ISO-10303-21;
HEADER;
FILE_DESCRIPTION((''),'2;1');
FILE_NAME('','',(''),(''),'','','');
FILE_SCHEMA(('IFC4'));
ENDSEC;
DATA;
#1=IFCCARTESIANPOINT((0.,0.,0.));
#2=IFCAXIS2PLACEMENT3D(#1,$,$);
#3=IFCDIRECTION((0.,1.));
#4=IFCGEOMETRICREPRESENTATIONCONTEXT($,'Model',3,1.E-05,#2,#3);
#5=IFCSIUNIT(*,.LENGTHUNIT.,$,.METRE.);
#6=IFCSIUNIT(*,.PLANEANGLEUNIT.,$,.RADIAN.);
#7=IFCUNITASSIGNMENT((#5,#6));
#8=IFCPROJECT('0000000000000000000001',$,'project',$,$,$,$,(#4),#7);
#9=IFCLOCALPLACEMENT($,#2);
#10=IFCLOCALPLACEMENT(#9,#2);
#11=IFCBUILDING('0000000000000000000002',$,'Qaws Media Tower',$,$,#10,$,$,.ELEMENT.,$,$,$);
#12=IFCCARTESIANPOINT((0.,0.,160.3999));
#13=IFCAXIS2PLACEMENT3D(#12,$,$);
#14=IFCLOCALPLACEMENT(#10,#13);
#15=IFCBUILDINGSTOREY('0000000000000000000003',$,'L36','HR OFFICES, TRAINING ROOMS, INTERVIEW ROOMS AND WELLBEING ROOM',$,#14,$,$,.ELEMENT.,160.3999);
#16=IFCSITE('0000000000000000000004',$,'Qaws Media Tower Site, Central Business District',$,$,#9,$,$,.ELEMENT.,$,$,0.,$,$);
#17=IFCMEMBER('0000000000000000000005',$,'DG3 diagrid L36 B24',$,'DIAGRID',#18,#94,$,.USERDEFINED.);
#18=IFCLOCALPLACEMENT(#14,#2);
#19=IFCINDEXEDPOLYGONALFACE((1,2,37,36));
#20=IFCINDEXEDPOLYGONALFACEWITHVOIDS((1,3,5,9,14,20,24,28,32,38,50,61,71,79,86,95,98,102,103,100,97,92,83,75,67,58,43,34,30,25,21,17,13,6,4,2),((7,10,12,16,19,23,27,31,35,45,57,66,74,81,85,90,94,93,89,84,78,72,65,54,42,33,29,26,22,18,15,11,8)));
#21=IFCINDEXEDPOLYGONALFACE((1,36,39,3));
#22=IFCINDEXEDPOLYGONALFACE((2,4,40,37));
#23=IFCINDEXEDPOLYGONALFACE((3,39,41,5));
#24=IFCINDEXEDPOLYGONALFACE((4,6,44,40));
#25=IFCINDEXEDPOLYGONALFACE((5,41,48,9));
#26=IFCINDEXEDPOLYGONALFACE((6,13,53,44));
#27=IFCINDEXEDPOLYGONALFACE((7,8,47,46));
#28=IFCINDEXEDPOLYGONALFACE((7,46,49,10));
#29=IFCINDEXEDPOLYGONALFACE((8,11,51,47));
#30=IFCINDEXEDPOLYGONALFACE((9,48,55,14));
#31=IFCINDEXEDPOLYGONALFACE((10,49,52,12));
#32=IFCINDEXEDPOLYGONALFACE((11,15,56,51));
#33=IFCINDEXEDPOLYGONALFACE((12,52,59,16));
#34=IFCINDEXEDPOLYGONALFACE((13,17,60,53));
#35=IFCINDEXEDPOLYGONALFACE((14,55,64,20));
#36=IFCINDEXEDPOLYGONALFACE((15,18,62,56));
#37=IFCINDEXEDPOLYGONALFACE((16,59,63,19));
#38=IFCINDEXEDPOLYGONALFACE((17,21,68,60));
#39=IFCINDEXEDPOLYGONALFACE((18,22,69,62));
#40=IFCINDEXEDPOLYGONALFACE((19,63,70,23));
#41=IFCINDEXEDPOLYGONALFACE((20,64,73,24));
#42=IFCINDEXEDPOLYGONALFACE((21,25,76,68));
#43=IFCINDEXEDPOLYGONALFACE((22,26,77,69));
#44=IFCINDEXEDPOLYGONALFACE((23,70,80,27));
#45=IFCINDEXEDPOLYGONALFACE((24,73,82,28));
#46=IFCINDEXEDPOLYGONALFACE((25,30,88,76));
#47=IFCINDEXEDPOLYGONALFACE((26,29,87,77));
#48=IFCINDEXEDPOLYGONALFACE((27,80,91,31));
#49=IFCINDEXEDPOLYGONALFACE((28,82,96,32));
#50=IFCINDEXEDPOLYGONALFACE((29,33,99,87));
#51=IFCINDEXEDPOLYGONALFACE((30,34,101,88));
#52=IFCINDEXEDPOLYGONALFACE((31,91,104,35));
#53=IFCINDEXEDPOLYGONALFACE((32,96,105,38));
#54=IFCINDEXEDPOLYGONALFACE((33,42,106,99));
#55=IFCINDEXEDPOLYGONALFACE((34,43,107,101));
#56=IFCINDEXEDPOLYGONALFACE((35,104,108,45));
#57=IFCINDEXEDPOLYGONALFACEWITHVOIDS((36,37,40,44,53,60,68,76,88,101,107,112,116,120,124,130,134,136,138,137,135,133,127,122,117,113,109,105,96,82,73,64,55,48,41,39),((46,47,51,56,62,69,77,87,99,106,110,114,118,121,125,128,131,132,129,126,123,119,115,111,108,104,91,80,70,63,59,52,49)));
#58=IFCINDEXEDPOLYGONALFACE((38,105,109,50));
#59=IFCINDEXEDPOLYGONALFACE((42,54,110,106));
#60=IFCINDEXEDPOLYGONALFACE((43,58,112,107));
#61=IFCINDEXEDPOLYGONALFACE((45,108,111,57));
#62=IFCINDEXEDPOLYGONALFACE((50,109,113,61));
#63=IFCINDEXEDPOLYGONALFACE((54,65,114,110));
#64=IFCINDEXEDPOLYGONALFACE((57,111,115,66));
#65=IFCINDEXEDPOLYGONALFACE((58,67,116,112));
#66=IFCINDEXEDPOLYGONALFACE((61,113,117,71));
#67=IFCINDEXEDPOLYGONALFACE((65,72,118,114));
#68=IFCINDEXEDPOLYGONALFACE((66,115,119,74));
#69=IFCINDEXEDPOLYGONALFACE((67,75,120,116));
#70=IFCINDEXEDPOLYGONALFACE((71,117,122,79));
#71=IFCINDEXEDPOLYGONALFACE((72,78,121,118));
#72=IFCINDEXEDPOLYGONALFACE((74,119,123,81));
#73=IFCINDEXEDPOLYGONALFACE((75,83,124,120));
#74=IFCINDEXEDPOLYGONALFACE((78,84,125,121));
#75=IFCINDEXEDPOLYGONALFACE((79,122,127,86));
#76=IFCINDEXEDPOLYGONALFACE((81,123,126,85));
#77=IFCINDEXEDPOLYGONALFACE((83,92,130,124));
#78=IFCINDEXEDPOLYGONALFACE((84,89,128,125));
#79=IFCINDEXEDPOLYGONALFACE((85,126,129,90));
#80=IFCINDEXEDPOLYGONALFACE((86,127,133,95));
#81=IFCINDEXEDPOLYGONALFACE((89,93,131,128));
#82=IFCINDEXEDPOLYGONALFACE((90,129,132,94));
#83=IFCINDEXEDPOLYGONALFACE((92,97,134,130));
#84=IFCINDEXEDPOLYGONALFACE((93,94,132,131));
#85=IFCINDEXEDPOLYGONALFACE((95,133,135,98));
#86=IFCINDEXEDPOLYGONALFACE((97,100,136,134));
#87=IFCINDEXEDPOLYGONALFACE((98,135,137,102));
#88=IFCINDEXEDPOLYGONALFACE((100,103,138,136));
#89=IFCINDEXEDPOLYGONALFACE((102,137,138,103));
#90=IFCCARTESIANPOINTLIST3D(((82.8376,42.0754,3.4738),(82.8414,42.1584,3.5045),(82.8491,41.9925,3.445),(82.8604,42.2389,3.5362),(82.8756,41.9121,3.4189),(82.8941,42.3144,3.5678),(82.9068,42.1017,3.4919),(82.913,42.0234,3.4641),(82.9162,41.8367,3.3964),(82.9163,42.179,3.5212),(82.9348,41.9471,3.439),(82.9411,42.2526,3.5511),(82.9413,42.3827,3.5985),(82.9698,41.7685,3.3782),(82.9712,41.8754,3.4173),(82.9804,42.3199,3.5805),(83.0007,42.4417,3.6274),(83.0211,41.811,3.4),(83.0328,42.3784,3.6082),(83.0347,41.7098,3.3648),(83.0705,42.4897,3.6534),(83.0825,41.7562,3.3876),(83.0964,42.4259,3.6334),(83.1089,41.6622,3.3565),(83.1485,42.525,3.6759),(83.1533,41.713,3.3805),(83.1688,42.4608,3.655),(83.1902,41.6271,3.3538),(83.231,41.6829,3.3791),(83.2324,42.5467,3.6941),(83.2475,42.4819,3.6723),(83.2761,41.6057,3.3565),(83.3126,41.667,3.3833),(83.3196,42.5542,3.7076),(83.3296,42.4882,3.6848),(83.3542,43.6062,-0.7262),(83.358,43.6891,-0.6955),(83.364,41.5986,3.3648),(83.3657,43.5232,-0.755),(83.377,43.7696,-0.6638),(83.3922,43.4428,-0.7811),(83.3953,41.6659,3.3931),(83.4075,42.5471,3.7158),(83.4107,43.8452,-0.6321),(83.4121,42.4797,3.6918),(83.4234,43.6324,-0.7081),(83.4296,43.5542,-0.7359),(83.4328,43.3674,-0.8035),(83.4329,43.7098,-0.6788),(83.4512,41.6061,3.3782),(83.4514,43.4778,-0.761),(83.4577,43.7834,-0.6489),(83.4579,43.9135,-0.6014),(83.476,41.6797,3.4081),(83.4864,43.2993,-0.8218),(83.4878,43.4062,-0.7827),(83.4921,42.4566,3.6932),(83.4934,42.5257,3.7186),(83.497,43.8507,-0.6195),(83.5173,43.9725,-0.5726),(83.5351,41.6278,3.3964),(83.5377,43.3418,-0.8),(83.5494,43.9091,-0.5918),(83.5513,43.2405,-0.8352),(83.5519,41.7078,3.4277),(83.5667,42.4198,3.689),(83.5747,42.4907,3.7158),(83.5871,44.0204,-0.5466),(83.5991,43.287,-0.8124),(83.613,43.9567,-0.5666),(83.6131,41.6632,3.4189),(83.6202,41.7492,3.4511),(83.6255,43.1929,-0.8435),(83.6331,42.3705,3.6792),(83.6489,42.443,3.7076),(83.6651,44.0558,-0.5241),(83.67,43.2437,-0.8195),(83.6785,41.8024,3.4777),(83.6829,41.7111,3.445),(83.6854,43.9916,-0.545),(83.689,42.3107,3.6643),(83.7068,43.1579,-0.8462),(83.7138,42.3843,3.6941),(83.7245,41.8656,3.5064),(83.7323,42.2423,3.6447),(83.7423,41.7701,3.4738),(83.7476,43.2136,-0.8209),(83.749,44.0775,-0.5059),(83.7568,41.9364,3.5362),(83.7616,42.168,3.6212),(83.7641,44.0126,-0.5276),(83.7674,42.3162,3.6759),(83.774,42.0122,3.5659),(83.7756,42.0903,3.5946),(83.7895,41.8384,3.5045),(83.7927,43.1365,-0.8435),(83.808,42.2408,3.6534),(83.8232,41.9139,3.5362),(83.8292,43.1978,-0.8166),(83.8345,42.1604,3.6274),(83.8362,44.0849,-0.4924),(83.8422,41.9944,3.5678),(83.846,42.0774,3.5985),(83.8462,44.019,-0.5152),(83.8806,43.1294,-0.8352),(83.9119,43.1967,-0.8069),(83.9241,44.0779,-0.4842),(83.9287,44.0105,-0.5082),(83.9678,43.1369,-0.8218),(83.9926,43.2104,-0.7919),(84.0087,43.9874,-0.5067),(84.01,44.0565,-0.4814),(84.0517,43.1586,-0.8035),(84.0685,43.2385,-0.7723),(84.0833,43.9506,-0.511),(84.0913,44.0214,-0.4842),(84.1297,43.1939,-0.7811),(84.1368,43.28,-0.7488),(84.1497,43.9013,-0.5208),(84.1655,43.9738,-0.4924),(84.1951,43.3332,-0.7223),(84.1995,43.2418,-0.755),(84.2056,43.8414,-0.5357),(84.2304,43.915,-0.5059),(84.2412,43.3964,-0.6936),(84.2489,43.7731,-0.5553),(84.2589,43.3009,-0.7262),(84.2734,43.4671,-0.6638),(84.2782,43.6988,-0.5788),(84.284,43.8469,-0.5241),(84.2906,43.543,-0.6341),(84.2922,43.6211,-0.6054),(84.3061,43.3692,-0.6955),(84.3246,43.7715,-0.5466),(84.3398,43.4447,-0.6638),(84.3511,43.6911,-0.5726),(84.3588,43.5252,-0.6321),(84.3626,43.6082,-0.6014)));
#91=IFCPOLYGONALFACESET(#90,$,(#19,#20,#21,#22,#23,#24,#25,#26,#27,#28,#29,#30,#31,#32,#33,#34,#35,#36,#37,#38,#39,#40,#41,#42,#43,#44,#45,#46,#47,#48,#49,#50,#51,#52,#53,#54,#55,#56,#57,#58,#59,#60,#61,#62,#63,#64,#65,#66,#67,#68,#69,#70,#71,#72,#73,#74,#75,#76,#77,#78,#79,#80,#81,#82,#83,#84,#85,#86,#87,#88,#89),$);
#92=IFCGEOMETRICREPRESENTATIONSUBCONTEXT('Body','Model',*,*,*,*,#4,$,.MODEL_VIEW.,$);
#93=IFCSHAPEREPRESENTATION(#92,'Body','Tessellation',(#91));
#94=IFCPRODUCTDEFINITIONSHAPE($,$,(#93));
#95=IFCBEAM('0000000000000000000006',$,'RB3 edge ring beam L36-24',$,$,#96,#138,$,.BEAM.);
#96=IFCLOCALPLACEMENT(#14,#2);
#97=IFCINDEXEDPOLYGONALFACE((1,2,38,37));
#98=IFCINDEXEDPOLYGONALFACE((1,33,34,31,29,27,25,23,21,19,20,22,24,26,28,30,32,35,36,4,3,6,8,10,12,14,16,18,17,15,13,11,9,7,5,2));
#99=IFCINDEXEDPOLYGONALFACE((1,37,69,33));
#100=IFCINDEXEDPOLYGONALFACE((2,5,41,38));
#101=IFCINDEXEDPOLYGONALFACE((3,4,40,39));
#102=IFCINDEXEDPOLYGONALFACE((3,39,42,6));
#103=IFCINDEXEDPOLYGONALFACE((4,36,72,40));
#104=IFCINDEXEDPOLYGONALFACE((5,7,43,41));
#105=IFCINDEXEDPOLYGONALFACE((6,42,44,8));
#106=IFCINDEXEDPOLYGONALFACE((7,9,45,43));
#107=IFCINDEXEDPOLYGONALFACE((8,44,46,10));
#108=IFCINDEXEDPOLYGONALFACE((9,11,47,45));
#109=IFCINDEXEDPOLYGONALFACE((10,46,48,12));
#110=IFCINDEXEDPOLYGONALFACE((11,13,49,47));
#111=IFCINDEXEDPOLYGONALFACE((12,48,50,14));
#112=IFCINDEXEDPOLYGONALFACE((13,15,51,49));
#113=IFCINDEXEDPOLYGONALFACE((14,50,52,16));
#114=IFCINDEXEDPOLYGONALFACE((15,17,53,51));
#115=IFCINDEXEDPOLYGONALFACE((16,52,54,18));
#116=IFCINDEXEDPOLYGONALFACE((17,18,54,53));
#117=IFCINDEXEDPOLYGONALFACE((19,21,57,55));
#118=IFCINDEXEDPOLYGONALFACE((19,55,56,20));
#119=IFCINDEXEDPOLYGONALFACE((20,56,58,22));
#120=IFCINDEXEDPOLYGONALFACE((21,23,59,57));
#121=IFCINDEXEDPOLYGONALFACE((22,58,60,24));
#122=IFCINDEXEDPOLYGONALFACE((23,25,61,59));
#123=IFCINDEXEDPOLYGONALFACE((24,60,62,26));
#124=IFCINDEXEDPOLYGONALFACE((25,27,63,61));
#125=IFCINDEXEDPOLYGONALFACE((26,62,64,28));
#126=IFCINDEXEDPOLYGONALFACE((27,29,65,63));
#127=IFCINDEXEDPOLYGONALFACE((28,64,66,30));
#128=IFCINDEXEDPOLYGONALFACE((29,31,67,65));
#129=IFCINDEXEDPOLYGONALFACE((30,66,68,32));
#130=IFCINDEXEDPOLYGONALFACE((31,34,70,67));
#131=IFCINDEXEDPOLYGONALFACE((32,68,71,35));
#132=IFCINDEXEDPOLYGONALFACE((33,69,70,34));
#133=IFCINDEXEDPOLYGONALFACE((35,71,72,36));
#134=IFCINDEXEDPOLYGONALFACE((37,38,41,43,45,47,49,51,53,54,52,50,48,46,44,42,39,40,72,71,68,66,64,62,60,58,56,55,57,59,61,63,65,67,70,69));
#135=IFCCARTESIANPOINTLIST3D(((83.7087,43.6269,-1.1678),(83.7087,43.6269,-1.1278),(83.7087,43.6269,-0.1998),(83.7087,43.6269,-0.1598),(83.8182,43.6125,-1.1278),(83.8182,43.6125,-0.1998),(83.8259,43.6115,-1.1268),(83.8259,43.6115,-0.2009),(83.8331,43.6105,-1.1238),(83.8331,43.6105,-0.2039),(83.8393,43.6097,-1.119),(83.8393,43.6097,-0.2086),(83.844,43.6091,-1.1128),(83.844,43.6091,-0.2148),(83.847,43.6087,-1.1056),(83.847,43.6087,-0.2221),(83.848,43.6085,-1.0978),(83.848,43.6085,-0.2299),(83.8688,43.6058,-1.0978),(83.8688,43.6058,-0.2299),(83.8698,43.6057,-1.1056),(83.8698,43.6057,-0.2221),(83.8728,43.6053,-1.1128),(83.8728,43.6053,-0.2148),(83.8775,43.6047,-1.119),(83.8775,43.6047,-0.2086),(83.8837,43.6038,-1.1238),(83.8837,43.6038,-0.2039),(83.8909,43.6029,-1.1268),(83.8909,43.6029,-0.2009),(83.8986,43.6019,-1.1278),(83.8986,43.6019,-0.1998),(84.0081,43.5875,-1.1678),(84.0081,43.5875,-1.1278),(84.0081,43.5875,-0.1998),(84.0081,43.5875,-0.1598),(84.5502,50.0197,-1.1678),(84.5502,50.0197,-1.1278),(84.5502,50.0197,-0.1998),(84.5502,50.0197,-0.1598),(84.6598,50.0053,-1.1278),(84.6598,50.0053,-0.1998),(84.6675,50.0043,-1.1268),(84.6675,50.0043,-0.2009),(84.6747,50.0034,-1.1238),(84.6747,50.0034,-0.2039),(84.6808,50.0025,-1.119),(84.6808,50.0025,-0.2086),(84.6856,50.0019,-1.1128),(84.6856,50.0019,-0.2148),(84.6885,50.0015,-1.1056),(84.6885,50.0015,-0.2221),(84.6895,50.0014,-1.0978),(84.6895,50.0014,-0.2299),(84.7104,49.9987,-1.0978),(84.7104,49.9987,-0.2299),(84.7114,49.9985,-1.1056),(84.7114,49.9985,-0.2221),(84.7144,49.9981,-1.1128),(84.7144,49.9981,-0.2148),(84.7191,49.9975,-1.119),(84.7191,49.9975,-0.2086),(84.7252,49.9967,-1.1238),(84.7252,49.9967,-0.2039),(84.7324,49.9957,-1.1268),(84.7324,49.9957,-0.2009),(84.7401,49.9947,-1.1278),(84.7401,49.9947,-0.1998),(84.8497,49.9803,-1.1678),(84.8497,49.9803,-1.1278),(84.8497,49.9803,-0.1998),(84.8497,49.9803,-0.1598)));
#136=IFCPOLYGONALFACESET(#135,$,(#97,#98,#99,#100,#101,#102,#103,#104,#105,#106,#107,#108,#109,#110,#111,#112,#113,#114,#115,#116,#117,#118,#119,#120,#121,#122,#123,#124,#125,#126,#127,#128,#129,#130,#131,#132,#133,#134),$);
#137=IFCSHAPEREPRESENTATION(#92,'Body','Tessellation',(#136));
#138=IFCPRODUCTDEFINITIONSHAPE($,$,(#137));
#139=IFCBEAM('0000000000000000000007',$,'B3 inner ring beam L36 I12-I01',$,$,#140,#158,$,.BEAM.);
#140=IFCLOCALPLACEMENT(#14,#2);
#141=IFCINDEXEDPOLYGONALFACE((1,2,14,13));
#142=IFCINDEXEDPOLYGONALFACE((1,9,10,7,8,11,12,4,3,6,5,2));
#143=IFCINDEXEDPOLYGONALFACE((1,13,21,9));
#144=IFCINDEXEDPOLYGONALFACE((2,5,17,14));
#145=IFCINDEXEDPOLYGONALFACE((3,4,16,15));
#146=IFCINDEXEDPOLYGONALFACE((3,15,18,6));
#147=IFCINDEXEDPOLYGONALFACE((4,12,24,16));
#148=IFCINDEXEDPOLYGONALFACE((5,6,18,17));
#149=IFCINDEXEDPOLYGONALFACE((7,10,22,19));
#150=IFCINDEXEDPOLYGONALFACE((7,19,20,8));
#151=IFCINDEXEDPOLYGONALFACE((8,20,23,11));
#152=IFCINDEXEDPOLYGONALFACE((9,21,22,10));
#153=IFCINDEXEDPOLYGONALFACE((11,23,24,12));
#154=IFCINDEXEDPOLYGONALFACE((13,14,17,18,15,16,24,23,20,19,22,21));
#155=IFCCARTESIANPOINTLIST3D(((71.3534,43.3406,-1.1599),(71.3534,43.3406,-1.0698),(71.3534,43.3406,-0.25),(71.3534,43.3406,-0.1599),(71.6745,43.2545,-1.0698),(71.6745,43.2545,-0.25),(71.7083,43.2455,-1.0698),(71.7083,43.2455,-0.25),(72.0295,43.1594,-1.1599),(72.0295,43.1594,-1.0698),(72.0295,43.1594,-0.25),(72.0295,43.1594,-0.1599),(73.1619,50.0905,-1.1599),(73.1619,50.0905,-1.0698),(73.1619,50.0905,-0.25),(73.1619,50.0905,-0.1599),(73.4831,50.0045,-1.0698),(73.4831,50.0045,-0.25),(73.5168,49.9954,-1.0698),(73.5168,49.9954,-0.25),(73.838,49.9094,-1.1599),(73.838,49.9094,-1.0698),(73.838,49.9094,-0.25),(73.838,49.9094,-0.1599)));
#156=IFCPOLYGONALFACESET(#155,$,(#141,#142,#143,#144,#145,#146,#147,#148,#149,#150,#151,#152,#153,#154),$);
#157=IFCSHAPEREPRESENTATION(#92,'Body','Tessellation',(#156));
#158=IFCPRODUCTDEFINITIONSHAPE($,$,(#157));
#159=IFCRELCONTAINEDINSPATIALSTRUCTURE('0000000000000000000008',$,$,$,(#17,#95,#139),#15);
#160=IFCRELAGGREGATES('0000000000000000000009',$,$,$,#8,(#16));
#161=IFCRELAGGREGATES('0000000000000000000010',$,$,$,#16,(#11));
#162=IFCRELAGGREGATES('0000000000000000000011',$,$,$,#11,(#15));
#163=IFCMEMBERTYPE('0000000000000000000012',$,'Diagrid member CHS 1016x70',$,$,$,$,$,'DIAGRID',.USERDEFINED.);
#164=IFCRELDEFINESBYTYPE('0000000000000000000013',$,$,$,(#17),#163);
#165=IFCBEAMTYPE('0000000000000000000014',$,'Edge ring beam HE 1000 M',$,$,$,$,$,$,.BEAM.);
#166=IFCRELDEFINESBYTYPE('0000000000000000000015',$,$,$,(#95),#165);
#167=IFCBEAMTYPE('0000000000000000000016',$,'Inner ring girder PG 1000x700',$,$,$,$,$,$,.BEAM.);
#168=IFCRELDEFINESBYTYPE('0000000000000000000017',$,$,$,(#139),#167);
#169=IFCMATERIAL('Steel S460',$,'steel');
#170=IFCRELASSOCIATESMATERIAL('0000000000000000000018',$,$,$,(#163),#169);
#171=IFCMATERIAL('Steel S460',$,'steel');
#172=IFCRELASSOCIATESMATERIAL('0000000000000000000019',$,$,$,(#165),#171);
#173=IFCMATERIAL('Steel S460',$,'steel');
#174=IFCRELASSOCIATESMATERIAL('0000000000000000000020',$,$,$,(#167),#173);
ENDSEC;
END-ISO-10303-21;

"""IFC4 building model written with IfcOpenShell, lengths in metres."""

from ifc_helpers import new_model, si_unit, direction, frame, origin, origin_2d, place, context, subcontext, project, spatial, hollow_circle, i_section, extrude, material, material_profile, profile_set, type_object, element, save


model = new_model("IFC4")

# Units and contexts
model_context = context("Model", 3, precision=1e-05, world=origin(), true_north=direction((0.0, 1.0)))
body_context = subcontext(model_context, "Body", "Model", "MODEL_VIEW")
ifc_project = project(units=[si_unit("LENGTHUNIT", "METRE"), si_unit("PLANEANGLEUNIT", "RADIAN")], contexts=[model_context])

# Site, building, storey
site_placement = place(None, origin())
site = spatial("IfcSite", under=ifc_project, at=site_placement, Name="Qaws Media Tower Site, Central Business District", CompositionType="ELEMENT", RefElevation=0.0)
building_placement = place(site_placement, origin())
building = spatial("IfcBuilding", under=site, at=building_placement, Name="Qaws Media Tower", CompositionType="ELEMENT")
storey_placement = place(building_placement, frame((0.0, 0.0, 160.3999)))
storey = spatial("IfcBuildingStorey", under=building, at=storey_placement, Name="L36", Description="HR OFFICES, TRAINING ROOMS, INTERVIEW ROOMS AND WELLBEING ROOM", CompositionType="ELEMENT", Elevation=160.3999)

# Member
ifc_material_1 = material(Name="Steel S460", Category="steel")
ifc_material_profile_1 = material_profile(ifc_material_1, hollow_circle(Radius=0.5081, WallThickness=0.0701, at=origin_2d()), Name="CHS 1016x70")
ifc_profile_set_1 = profile_set([ifc_material_profile_1], Name="Steel S460")
member_type_1 = type_object("IfcMemberType", Name="Diagrid member CHS 1016x70", ElementType="DIAGRID", PredefinedType="USERDEFINED", material=ifc_profile_set_1)
member_1_placement = place(storey_placement, frame((83.8584, 43.6072, -0.6638), z_axis=(-0.114801, -0.340172, 0.933329), x_axis=(0.947498, -0.319762, 0.0)))
element("IfcMember", 1, at=member_1_placement, inside=storey, type_object=member_type_1, Name="DG3 diagrid L36 B24", ObjectType="DIAGRID", PredefinedType="USERDEFINED", context=body_context, shape_type="SweptSolid", body=[
    extrude(hollow_circle(Radius=0.5081, WallThickness=0.0701, at=origin_2d()), origin(), (0.0, 0.0, 1.0), 4.5),
])

# Beams
ifc_material_2 = material(Name="Steel S460", Category="steel")
ifc_material_profile_2 = material_profile(ifc_material_2, i_section(OverallWidth=0.302, OverallDepth=1.0081, WebThickness=0.021, FlangeThickness=0.04, FilletRadius=0.03, at=origin_2d()), Name="HE 1000 M")
ifc_profile_set_2 = profile_set([ifc_material_profile_2], Name="Steel S460")
beam_type_1 = type_object("IfcBeamType", Name="Edge ring beam HE 1000 M", PredefinedType="BEAM", material=ifc_profile_set_2)
beam_1_placement = place(storey_placement, frame((83.8584, 43.6072, -0.6638), z_axis=(0.130514, 0.991446, 0.0), x_axis=(-0.991446, 0.130514, 0.0)))
element("IfcBeam", 2, at=beam_1_placement, inside=storey, type_object=beam_type_1, Name="RB3 edge ring beam L36-24", PredefinedType="BEAM", context=body_context, shape_type="SweptSolid", body=[
    extrude(i_section(OverallWidth=0.302, OverallDepth=1.0081, WebThickness=0.021, FlangeThickness=0.04, FilletRadius=0.03, at=origin_2d()), origin(), (0.0, 0.0, 1.0), 6.448),
])
ifc_material_3 = material(Name="Steel S460", Category="steel")
ifc_material_profile_3 = material_profile(ifc_material_3, i_section(OverallWidth=0.7, OverallDepth=1.0, WebThickness=0.0349, FlangeThickness=0.0901, at=origin_2d()), Name="PG 1000x700")
ifc_profile_set_3 = profile_set([ifc_material_profile_3], Name="Steel S460")
beam_type_2 = type_object("IfcBeamType", Name="Inner ring girder PG 1000x700", PredefinedType="BEAM", material=ifc_profile_set_3)
beam_2_placement = place(storey_placement, frame((71.6914, 43.25, -0.6599), z_axis=(0.258811, 0.965928, 0.0), x_axis=(-0.965928, 0.258811, 0.0)))
element("IfcBeam", 3, at=beam_2_placement, inside=storey, type_object=beam_type_2, Name="B3 inner ring beam L36 I12-I01", PredefinedType="BEAM", context=body_context, shape_type="SweptSolid", body=[
    extrude(i_section(OverallWidth=0.7, OverallDepth=1.0, WebThickness=0.0349, FlangeThickness=0.0901, at=origin_2d()), origin(), (0.0, 0.0, 1.0), 6.988),
])

save(model, "model.ifc")
